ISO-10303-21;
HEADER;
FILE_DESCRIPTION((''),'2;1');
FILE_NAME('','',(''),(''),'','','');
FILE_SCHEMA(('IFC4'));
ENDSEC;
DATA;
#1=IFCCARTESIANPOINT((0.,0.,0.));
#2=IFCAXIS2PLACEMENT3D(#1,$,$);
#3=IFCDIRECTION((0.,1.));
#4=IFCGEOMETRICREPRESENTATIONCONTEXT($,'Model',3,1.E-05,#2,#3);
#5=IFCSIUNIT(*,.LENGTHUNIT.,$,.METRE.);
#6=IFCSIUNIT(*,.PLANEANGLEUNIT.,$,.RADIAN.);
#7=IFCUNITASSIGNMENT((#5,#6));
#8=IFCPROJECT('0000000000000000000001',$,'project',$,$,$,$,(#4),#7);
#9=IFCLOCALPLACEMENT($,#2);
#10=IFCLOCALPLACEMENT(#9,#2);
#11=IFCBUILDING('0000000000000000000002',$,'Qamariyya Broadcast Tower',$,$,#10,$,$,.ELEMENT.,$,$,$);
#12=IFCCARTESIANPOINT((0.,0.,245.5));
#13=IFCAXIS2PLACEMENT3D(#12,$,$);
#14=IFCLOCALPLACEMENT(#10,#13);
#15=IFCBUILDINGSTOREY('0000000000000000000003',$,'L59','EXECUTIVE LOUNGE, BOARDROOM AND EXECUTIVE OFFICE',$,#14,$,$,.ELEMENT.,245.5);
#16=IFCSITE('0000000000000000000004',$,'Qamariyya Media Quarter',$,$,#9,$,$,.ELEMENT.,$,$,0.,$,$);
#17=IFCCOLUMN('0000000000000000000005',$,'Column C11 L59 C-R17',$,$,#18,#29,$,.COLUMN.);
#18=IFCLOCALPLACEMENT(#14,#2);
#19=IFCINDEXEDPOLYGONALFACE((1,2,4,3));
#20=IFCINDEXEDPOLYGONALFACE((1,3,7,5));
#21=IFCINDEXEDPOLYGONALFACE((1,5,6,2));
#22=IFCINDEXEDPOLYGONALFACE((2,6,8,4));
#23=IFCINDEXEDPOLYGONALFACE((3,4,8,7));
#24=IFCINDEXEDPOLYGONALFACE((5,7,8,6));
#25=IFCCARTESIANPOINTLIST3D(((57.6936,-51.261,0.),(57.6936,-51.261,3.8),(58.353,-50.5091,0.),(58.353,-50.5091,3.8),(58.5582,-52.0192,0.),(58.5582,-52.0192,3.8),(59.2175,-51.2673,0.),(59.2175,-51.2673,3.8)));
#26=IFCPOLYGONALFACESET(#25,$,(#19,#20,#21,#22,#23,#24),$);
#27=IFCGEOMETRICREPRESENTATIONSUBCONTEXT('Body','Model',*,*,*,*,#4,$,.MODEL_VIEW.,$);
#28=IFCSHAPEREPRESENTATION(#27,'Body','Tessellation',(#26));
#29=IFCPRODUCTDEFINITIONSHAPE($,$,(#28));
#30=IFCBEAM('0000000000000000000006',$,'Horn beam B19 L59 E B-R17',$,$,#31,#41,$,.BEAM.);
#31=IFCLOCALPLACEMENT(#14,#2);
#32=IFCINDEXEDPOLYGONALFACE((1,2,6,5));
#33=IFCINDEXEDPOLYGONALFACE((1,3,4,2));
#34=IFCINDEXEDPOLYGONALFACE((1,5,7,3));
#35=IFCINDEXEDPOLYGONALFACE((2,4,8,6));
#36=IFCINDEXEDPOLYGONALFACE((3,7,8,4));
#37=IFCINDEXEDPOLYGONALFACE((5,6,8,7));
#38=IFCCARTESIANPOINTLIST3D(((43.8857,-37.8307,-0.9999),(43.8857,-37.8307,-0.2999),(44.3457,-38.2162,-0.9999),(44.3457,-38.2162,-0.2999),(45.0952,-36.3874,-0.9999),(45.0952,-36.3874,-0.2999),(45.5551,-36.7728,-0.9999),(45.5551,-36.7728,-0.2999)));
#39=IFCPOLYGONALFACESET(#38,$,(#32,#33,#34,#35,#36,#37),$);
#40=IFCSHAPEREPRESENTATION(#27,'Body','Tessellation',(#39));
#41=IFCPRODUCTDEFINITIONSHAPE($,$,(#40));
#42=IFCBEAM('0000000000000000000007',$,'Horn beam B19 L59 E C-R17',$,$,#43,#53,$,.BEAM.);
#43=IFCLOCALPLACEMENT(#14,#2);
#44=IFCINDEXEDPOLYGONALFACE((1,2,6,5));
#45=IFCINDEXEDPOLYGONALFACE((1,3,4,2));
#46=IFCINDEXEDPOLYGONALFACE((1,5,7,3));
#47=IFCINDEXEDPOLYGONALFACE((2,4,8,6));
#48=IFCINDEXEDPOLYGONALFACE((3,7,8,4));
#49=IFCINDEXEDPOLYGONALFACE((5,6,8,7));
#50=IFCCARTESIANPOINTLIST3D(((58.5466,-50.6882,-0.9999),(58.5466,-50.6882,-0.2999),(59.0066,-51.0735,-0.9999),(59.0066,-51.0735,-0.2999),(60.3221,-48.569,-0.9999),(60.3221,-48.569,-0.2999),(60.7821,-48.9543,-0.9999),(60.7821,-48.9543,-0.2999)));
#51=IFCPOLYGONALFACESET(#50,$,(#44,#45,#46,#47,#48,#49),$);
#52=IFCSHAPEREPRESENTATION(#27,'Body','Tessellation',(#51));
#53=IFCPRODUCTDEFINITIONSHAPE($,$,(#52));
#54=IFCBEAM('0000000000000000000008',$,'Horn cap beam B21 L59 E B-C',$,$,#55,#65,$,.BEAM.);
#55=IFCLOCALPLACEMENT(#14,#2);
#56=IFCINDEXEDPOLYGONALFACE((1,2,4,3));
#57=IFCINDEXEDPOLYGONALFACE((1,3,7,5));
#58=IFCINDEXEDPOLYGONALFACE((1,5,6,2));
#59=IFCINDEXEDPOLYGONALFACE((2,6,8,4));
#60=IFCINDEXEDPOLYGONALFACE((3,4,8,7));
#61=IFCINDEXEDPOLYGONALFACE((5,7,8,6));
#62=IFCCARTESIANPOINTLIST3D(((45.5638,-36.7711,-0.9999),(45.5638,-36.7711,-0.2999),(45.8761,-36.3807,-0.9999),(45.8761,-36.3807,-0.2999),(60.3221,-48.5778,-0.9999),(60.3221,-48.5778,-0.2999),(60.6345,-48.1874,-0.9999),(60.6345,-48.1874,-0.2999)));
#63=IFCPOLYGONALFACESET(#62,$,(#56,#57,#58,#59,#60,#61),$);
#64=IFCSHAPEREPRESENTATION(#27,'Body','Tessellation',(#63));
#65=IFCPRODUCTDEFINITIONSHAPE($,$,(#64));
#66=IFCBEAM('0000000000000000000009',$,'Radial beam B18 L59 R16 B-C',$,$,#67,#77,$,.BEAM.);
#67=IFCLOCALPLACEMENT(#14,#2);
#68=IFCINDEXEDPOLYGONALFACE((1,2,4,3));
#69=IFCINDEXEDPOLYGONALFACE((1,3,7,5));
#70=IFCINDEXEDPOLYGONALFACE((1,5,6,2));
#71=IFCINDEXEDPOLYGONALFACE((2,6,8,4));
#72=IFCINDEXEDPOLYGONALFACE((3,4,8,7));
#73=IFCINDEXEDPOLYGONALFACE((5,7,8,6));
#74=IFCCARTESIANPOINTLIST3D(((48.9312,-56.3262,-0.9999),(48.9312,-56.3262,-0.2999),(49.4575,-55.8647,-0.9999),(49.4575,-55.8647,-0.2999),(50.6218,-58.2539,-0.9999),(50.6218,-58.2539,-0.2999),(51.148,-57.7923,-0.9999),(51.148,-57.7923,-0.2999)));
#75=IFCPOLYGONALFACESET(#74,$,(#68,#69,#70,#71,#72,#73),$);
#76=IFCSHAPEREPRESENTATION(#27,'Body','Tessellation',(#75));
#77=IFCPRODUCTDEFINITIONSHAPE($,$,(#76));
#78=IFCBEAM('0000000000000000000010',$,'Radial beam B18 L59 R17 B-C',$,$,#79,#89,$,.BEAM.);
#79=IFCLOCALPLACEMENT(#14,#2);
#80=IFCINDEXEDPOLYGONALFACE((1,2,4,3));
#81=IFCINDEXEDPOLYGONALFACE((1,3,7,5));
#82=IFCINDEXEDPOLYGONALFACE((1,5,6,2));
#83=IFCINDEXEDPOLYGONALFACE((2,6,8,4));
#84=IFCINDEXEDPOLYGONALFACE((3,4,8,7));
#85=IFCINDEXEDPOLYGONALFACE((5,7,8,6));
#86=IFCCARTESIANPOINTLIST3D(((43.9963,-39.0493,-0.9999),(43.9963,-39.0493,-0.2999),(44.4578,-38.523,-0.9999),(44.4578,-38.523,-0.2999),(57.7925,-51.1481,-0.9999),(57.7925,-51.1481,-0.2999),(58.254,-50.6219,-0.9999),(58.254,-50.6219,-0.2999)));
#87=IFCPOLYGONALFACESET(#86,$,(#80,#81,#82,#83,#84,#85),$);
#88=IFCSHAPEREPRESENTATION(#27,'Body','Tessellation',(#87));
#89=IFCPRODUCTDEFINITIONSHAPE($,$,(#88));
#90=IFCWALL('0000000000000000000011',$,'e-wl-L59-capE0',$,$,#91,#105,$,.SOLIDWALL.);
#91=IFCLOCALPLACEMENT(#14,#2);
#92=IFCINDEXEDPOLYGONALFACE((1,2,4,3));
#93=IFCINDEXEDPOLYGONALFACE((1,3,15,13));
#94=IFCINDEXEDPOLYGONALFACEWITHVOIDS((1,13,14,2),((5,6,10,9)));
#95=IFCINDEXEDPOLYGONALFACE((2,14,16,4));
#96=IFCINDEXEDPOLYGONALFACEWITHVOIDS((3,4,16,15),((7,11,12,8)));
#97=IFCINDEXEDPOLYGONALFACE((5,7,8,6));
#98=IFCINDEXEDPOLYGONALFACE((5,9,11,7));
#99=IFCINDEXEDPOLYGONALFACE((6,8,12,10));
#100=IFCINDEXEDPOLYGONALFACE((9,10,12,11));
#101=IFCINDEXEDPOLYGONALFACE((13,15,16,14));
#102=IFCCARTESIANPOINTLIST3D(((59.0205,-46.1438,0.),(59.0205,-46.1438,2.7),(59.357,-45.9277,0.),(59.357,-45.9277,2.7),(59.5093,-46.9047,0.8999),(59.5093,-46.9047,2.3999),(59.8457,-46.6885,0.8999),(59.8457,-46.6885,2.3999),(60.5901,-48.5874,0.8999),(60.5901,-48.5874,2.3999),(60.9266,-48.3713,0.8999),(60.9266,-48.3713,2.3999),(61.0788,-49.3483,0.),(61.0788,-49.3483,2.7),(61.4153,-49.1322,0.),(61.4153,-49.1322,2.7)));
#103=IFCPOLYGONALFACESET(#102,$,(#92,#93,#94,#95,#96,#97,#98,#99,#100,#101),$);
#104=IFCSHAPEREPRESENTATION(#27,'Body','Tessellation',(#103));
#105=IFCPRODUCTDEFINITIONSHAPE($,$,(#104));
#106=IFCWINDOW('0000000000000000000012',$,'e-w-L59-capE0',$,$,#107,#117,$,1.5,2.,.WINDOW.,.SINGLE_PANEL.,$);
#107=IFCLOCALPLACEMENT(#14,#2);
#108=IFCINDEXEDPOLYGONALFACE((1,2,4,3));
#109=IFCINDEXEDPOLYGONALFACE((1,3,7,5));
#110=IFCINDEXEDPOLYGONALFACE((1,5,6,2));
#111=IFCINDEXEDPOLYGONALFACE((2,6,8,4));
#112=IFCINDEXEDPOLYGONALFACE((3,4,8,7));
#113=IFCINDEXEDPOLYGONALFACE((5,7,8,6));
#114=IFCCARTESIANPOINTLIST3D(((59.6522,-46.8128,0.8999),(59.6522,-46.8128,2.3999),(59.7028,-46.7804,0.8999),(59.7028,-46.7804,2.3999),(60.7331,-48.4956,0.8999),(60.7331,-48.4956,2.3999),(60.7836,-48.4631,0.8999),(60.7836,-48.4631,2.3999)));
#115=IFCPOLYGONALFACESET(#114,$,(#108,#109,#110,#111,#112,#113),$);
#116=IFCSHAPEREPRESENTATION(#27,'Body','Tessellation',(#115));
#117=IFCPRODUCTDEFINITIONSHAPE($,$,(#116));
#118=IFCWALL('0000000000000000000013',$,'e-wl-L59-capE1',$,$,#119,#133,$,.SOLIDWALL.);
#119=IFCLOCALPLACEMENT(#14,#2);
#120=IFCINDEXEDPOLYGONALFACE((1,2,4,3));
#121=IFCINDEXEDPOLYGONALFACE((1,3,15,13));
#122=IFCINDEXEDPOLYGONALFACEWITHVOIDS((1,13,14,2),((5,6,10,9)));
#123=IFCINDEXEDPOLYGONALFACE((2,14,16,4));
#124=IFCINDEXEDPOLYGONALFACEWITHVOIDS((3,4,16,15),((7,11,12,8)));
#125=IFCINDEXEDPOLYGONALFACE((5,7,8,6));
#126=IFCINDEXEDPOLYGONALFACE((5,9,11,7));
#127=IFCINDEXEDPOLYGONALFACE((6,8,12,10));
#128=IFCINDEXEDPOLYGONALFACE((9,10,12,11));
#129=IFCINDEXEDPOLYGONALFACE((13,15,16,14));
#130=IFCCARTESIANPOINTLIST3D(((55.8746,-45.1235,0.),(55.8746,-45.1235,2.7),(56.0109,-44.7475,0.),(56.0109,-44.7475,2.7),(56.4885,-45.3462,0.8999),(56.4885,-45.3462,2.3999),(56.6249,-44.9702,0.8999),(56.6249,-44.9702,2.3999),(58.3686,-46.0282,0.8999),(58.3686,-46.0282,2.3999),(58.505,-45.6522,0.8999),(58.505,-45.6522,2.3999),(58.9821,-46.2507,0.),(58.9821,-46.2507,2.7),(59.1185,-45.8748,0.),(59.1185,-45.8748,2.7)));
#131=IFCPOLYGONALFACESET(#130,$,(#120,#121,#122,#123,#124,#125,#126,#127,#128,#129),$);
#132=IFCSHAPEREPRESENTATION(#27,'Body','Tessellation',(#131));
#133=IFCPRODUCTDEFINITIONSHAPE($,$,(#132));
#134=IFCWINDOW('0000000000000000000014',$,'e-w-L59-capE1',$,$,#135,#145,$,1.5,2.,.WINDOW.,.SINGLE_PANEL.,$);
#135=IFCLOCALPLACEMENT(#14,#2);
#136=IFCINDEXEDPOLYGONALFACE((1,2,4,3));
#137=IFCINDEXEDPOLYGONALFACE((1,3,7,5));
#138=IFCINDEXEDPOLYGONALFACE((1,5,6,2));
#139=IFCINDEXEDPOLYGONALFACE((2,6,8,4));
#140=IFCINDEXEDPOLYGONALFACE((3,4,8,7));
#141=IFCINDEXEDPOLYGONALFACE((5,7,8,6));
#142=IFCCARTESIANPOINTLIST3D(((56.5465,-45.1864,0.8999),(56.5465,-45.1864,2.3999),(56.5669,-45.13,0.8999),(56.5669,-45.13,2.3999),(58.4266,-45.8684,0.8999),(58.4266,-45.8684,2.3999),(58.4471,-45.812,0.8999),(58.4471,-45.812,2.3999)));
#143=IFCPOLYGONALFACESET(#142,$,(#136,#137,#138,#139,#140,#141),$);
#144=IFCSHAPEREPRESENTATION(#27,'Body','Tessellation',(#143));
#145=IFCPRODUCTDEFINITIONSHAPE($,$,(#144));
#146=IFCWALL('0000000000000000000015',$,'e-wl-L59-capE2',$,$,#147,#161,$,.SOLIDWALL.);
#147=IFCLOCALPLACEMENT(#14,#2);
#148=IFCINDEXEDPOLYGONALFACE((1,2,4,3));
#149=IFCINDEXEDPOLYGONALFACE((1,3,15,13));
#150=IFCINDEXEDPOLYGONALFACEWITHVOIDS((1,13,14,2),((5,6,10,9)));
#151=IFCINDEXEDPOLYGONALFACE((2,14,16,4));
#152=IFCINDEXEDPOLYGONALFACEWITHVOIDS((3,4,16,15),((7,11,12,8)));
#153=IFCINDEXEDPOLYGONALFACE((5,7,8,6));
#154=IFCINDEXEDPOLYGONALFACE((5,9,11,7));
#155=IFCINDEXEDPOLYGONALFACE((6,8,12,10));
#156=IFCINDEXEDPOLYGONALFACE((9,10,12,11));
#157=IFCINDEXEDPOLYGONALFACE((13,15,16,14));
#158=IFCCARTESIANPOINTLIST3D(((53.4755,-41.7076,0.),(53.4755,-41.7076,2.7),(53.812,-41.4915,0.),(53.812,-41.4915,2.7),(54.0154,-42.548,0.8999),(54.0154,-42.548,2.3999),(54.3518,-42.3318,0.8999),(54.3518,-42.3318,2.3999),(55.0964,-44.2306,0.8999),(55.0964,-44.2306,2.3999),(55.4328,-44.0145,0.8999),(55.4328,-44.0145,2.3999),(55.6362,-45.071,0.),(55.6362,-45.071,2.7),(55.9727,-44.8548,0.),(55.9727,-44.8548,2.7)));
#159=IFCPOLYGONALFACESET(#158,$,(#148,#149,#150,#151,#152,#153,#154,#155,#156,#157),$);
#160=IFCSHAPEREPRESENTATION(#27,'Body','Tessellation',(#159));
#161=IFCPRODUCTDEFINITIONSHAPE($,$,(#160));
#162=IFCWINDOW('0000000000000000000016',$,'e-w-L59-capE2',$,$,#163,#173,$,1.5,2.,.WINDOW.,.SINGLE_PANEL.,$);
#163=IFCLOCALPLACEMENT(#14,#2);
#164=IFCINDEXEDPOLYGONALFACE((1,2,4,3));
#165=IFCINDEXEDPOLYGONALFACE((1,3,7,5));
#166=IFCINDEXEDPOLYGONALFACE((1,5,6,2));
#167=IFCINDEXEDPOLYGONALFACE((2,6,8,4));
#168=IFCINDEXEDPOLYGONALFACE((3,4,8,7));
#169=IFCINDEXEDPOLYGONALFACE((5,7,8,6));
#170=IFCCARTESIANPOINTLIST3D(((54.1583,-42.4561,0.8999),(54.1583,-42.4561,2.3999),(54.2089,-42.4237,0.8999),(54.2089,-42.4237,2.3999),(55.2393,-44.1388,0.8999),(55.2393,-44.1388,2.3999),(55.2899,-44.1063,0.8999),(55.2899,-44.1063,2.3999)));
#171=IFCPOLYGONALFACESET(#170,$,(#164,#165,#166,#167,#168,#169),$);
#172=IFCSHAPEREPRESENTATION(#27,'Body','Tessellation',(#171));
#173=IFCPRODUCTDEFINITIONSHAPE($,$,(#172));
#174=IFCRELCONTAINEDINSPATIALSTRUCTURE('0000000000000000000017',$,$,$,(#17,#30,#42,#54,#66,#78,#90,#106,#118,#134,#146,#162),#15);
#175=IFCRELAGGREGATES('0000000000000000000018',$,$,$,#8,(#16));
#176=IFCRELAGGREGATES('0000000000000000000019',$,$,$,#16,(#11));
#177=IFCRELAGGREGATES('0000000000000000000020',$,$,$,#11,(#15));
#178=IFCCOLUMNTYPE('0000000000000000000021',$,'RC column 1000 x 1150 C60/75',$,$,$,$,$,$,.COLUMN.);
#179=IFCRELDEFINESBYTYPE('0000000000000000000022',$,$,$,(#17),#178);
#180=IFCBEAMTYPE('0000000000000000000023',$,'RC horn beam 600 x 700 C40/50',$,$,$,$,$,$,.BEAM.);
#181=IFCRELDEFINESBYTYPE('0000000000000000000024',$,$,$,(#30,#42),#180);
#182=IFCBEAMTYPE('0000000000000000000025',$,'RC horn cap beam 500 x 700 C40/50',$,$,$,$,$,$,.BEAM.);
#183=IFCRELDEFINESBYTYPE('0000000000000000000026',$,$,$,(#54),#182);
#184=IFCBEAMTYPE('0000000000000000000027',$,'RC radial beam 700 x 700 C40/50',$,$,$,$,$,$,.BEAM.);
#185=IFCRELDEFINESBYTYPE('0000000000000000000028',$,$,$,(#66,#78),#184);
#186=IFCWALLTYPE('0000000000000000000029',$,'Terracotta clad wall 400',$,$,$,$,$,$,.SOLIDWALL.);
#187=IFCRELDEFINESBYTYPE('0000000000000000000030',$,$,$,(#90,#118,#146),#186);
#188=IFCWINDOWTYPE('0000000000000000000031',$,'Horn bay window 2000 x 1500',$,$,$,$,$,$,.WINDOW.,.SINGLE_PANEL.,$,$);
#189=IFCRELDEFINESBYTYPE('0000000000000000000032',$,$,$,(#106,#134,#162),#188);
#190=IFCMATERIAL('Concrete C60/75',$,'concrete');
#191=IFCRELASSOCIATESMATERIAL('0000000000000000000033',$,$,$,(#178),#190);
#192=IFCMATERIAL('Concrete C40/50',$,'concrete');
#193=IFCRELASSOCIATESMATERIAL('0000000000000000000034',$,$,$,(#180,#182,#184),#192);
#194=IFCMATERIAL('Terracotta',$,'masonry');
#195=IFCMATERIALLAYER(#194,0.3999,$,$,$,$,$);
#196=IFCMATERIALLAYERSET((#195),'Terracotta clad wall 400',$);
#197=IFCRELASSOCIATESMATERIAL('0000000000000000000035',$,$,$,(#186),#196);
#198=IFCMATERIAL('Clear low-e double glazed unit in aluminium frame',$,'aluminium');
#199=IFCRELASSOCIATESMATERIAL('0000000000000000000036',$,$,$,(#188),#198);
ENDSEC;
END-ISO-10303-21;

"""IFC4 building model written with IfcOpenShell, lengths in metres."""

from ifc_helpers import new_model, si_unit, direction, frame, frame_2d, origin, origin_2d, place, context, subcontext, project, spatial, rectangle, extrude, material, layer, layer_set, material_profile, profile_set, type_object, element, fill, save


model = new_model("IFC4")

# Units and contexts
model_context = context("Model", 3, precision=1e-05, world=origin(), true_north=direction((0.0, 1.0)))
body_context = subcontext(model_context, "Body", "Model", "MODEL_VIEW")
ifc_project = project(units=[si_unit("LENGTHUNIT", "METRE"), si_unit("PLANEANGLEUNIT", "RADIAN")], contexts=[model_context])

# Site, building, storey
site_placement = place(None, origin())
site = spatial("IfcSite", under=ifc_project, at=site_placement, Name="Qamariyya Media Quarter", CompositionType="ELEMENT", RefElevation=0.0)
building_placement = place(site_placement, origin())
building = spatial("IfcBuilding", under=site, at=building_placement, Name="Qamariyya Broadcast Tower", CompositionType="ELEMENT")
storey_placement = place(building_placement, frame((0.0, 0.0, 245.5)))
storey = spatial("IfcBuildingStorey", under=building, at=storey_placement, Name="L59", Description="EXECUTIVE LOUNGE, BOARDROOM AND EXECUTIVE OFFICE", CompositionType="ELEMENT", Elevation=245.5)

# Column
ifc_material_1 = material(Name="Concrete C60/75", Category="concrete")
ifc_material_profile_1 = material_profile(ifc_material_1, rectangle(XDim=1.0, YDim=1.1499, at=origin_2d()))
ifc_profile_set_1 = profile_set([ifc_material_profile_1], Name="Concrete C60/75")
column_type = type_object("IfcColumnType", Name="RC column 1000 x 1150 C60/75", PredefinedType="COLUMN", material=ifc_profile_set_1)
column_placement = place(storey_placement, frame((58.4556, -51.2642, 0.0), z_axis=(0.0, 0.0, 1.0), x_axis=(0.659346, 0.75184, 0.0)))
element("IfcColumn", 1, at=column_placement, inside=storey, type_object=column_type, Name="Column C11 L59 C-R17", PredefinedType="COLUMN", context=body_context, shape_type="SweptSolid", body=[
    extrude(rectangle(XDim=1.0, YDim=1.1499, at=origin_2d()), origin(), (0.0, 0.0, 1.0), 3.8),
])

# Beams
ifc_material_2 = material(Name="Concrete C40/50", Category="concrete")
ifc_material_profile_2 = material_profile(ifc_material_2, rectangle(XDim=0.6001, YDim=0.7, at=origin_2d()))
ifc_profile_set_2 = profile_set([ifc_material_profile_2], Name="Concrete C40/50")
beam_type_1 = type_object("IfcBeamType", Name="RC horn beam 600 x 700 C40/50", PredefinedType="BEAM", material=ifc_profile_set_2)
beam_1_placement = place(storey_placement, frame((44.1157, -38.0234, -0.6499), z_axis=(0.642273, 0.766476, 0.0), x_axis=(-0.766476, 0.642273, 0.0)))
element("IfcBeam", 2, at=beam_1_placement, inside=storey, type_object=beam_type_1, Name="Horn beam B19 L59 E B-R17", PredefinedType="BEAM", context=body_context, shape_type="SweptSolid", body=[
    extrude(rectangle(XDim=0.6001, YDim=0.7, at=origin_2d()), origin(), (0.0, 0.0, 1.0), 1.8831),
])
beam_2_placement = place(storey_placement, frame((58.7766, -50.8809, -0.6499), z_axis=(0.642197, 0.766539, 0.0), x_axis=(-0.766539, 0.642197, 0.0)))
element("IfcBeam", 3, at=beam_2_placement, inside=storey, type_object=beam_type_1, Name="Horn beam B19 L59 E C-R17", PredefinedType="BEAM", context=body_context, shape_type="SweptSolid", body=[
    extrude(rectangle(XDim=0.6001, YDim=0.7, at=origin_2d()), origin(), (0.0, 0.0, 1.0), 2.7646),
])
ifc_material_profile_3 = material_profile(ifc_material_2, rectangle(XDim=0.5, YDim=0.7, at=origin_2d()))
ifc_profile_set_3 = profile_set([ifc_material_profile_3], Name="Concrete C40/50")
beam_type_2 = type_object("IfcBeamType", Name="RC horn cap beam 500 x 700 C40/50", PredefinedType="BEAM", material=ifc_profile_set_3)
beam_3_placement = place(storey_placement, frame((45.72, -36.5759, -0.6499), z_axis=(0.780869, -0.624695, 0.0), x_axis=(0.624695, 0.780869, 0.0)))
element("IfcBeam", 4, at=beam_3_placement, inside=storey, type_object=beam_type_2, Name="Horn cap beam B21 L59 E B-C", PredefinedType="BEAM", context=body_context, shape_type="SweptSolid", body=[
    extrude(rectangle(XDim=0.5, YDim=0.7, at=origin_2d()), origin(), (0.0, 0.0, 1.0), 18.8999),
])
ifc_material_profile_4 = material_profile(ifc_material_2, rectangle(XDim=0.7, YDim=0.7, at=origin_2d()))
ifc_profile_set_4 = profile_set([ifc_material_profile_4], Name="Concrete C40/50")
beam_type_3 = type_object("IfcBeamType", Name="RC radial beam 700 x 700 C40/50", PredefinedType="BEAM", material=ifc_profile_set_4)
beam_4_placement = place(storey_placement, frame((49.1943, -56.0955, -0.6499), z_axis=(0.659367, -0.751821, 0.0), x_axis=(0.751821, 0.659367, 0.0)))
element("IfcBeam", 5, at=beam_4_placement, inside=storey, type_object=beam_type_3, Name="Radial beam B18 L59 R16 B-C", PredefinedType="BEAM", context=body_context, shape_type="SweptSolid", body=[
    extrude(rectangle(XDim=0.7, YDim=0.7, at=origin_2d()), origin(), (0.0, 0.0, 1.0), 2.564),
])
beam_5_placement = place(storey_placement, frame((44.2271, -38.7861, -0.6499), z_axis=(0.75184, -0.659345, 0.0), x_axis=(0.659345, 0.75184, 0.0)))
element("IfcBeam", 6, at=beam_5_placement, inside=storey, type_object=beam_type_3, Name="Radial beam B18 L59 R17 B-C", PredefinedType="BEAM", context=body_context, shape_type="SweptSolid", body=[
    extrude(rectangle(XDim=0.7, YDim=0.7, at=origin_2d()), origin(), (0.0, 0.0, 1.0), 18.3499),
])

# Walls, openings, windows
ifc_material_3 = material(Name="Terracotta", Category="masonry")
ifc_layer = layer(ifc_material_3, 0.3999)
ifc_layer_set = layer_set([ifc_layer], Name="Terracotta clad wall 400")
wall_type = type_object("IfcWallType", Name="Terracotta clad wall 400", PredefinedType="SOLIDWALL", material=ifc_layer_set)
wall_1_placement = place(storey_placement, frame((61.2471, -49.2402, 0.0), z_axis=(0.0, 0.0, 1.0), x_axis=(-0.540434, 0.841387, 0.0)))
wall_1 = element("IfcWall", 7, at=wall_1_placement, inside=storey, type_object=wall_type, Name="e-wl-L59-capE0", PredefinedType="SOLIDWALL", context=body_context, shape_type="SweptSolid", body=[
    extrude(rectangle(XDim=3.8086, YDim=0.3999, at=frame_2d((1.9043, 0.0))), origin(), (0.0, 0.0, 1.0), 2.7),
])
opening_1_placement = place(wall_1_placement, frame((0.9043, 0.0, 0.8999)))
opening_1 = element("IfcOpeningElement", 8, at=opening_1_placement, cuts=wall_1, PredefinedType="OPENING", context=body_context, shape_type="SweptSolid", body=[
    extrude(rectangle(XDim=2.0, YDim=1.5, at=frame_2d((1.0, 0.75))), frame((0.0, 0.21, 0.0), z_axis=(0.0, -1.0, 0.0), x_axis=(1.0, 0.0, 0.0)), (0.0, 0.0, 1.0), 0.4199),
])
ifc_material_4 = material(Name="Clear low-e double glazed unit in aluminium frame", Category="aluminium")
window_type = type_object("IfcWindowType", Name="Horn bay window 2000 x 1500", PartitioningType="SINGLE_PANEL", PredefinedType="WINDOW", material=ifc_material_4)
window_1_placement = place(opening_1_placement, origin())
window_1 = element("IfcWindow", 9, at=window_1_placement, inside=storey, type_object=window_type, Name="e-w-L59-capE0", OverallHeight=1.5, OverallWidth=2.0, PartitioningType="SINGLE_PANEL", PredefinedType="WINDOW", context=body_context, shape_type="SweptSolid", body=[
    extrude(rectangle(XDim=2.0, YDim=1.5, at=frame_2d((1.0, 0.75))), frame((0.0, 0.03, 0.0), z_axis=(0.0, -1.0, 0.0), x_axis=(1.0, 0.0, 0.0)), (0.0, 0.0, 1.0), 0.0601),
])
fill(opening_1, window_1)
wall_2_placement = place(storey_placement, frame((59.0503, -46.0627, 0.0), z_axis=(0.0, 0.0, 1.0), x_axis=(-0.940063, 0.341002, 0.0)))
wall_2 = element("IfcWall", 10, at=wall_2_placement, inside=storey, type_object=wall_type, Name="e-wl-L59-capE1", PredefinedType="SOLIDWALL", context=body_context, shape_type="SweptSolid", body=[
    extrude(rectangle(XDim=3.3057, YDim=0.3999, at=frame_2d((1.6528, 0.0))), origin(), (0.0, 0.0, 1.0), 2.7),
])
opening_2_placement = place(wall_2_placement, frame((0.6526, 0.0, 0.8999)))
opening_2 = element("IfcOpeningElement", 11, at=opening_2_placement, cuts=wall_2, PredefinedType="OPENING", context=body_context, shape_type="SweptSolid", body=[
    extrude(rectangle(XDim=2.0, YDim=1.5, at=frame_2d((1.0, 0.75))), frame((0.0, 0.21, 0.0), z_axis=(0.0, -1.0, 0.0), x_axis=(1.0, 0.0, 0.0)), (0.0, 0.0, 1.0), 0.4199),
])
window_2_placement = place(opening_2_placement, origin())
window_2 = element("IfcWindow", 12, at=window_2_placement, inside=storey, type_object=window_type, Name="e-w-L59-capE1", OverallHeight=1.5, OverallWidth=2.0, PartitioningType="SINGLE_PANEL", PredefinedType="WINDOW", context=body_context, shape_type="SweptSolid", body=[
    extrude(rectangle(XDim=2.0, YDim=1.5, at=frame_2d((1.0, 0.75))), frame((0.0, 0.03, 0.0), z_axis=(0.0, -1.0, 0.0), x_axis=(1.0, 0.0, 0.0)), (0.0, 0.0, 1.0), 0.0601),
])
fill(opening_2, window_2)
wall_3_placement = place(storey_placement, frame((55.8044, -44.9629, 0.0), z_axis=(0.0, 0.0, 1.0), x_axis=(-0.540498, 0.841345, 0.0)))
wall_3 = element("IfcWall", 13, at=wall_3_placement, inside=storey, type_object=wall_type, Name="e-wl-L59-capE2", PredefinedType="SOLIDWALL", context=body_context, shape_type="SweptSolid", body=[
    extrude(rectangle(XDim=3.9976, YDim=0.3999, at=frame_2d((1.9988, 0.0))), origin(), (0.0, 0.0, 1.0), 2.7),
])
opening_3_placement = place(wall_3_placement, frame((0.9988, 0.0, 0.8999)))
opening_3 = element("IfcOpeningElement", 14, at=opening_3_placement, cuts=wall_3, PredefinedType="OPENING", context=body_context, shape_type="SweptSolid", body=[
    extrude(rectangle(XDim=2.0, YDim=1.5, at=frame_2d((1.0, 0.75))), frame((0.0, 0.21, 0.0), z_axis=(0.0, -1.0, 0.0), x_axis=(1.0, 0.0, 0.0)), (0.0, 0.0, 1.0), 0.4199),
])
window_3_placement = place(opening_3_placement, origin())
window_3 = element("IfcWindow", 15, at=window_3_placement, inside=storey, type_object=window_type, Name="e-w-L59-capE2", OverallHeight=1.5, OverallWidth=2.0, PartitioningType="SINGLE_PANEL", PredefinedType="WINDOW", context=body_context, shape_type="SweptSolid", body=[
    extrude(rectangle(XDim=2.0, YDim=1.5, at=frame_2d((1.0, 0.75))), frame((0.0, 0.03, 0.0), z_axis=(0.0, -1.0, 0.0), x_axis=(1.0, 0.0, 0.0)), (0.0, 0.0, 1.0), 0.0601),
])
fill(opening_3, window_3)

save(model, "model.ifc")
